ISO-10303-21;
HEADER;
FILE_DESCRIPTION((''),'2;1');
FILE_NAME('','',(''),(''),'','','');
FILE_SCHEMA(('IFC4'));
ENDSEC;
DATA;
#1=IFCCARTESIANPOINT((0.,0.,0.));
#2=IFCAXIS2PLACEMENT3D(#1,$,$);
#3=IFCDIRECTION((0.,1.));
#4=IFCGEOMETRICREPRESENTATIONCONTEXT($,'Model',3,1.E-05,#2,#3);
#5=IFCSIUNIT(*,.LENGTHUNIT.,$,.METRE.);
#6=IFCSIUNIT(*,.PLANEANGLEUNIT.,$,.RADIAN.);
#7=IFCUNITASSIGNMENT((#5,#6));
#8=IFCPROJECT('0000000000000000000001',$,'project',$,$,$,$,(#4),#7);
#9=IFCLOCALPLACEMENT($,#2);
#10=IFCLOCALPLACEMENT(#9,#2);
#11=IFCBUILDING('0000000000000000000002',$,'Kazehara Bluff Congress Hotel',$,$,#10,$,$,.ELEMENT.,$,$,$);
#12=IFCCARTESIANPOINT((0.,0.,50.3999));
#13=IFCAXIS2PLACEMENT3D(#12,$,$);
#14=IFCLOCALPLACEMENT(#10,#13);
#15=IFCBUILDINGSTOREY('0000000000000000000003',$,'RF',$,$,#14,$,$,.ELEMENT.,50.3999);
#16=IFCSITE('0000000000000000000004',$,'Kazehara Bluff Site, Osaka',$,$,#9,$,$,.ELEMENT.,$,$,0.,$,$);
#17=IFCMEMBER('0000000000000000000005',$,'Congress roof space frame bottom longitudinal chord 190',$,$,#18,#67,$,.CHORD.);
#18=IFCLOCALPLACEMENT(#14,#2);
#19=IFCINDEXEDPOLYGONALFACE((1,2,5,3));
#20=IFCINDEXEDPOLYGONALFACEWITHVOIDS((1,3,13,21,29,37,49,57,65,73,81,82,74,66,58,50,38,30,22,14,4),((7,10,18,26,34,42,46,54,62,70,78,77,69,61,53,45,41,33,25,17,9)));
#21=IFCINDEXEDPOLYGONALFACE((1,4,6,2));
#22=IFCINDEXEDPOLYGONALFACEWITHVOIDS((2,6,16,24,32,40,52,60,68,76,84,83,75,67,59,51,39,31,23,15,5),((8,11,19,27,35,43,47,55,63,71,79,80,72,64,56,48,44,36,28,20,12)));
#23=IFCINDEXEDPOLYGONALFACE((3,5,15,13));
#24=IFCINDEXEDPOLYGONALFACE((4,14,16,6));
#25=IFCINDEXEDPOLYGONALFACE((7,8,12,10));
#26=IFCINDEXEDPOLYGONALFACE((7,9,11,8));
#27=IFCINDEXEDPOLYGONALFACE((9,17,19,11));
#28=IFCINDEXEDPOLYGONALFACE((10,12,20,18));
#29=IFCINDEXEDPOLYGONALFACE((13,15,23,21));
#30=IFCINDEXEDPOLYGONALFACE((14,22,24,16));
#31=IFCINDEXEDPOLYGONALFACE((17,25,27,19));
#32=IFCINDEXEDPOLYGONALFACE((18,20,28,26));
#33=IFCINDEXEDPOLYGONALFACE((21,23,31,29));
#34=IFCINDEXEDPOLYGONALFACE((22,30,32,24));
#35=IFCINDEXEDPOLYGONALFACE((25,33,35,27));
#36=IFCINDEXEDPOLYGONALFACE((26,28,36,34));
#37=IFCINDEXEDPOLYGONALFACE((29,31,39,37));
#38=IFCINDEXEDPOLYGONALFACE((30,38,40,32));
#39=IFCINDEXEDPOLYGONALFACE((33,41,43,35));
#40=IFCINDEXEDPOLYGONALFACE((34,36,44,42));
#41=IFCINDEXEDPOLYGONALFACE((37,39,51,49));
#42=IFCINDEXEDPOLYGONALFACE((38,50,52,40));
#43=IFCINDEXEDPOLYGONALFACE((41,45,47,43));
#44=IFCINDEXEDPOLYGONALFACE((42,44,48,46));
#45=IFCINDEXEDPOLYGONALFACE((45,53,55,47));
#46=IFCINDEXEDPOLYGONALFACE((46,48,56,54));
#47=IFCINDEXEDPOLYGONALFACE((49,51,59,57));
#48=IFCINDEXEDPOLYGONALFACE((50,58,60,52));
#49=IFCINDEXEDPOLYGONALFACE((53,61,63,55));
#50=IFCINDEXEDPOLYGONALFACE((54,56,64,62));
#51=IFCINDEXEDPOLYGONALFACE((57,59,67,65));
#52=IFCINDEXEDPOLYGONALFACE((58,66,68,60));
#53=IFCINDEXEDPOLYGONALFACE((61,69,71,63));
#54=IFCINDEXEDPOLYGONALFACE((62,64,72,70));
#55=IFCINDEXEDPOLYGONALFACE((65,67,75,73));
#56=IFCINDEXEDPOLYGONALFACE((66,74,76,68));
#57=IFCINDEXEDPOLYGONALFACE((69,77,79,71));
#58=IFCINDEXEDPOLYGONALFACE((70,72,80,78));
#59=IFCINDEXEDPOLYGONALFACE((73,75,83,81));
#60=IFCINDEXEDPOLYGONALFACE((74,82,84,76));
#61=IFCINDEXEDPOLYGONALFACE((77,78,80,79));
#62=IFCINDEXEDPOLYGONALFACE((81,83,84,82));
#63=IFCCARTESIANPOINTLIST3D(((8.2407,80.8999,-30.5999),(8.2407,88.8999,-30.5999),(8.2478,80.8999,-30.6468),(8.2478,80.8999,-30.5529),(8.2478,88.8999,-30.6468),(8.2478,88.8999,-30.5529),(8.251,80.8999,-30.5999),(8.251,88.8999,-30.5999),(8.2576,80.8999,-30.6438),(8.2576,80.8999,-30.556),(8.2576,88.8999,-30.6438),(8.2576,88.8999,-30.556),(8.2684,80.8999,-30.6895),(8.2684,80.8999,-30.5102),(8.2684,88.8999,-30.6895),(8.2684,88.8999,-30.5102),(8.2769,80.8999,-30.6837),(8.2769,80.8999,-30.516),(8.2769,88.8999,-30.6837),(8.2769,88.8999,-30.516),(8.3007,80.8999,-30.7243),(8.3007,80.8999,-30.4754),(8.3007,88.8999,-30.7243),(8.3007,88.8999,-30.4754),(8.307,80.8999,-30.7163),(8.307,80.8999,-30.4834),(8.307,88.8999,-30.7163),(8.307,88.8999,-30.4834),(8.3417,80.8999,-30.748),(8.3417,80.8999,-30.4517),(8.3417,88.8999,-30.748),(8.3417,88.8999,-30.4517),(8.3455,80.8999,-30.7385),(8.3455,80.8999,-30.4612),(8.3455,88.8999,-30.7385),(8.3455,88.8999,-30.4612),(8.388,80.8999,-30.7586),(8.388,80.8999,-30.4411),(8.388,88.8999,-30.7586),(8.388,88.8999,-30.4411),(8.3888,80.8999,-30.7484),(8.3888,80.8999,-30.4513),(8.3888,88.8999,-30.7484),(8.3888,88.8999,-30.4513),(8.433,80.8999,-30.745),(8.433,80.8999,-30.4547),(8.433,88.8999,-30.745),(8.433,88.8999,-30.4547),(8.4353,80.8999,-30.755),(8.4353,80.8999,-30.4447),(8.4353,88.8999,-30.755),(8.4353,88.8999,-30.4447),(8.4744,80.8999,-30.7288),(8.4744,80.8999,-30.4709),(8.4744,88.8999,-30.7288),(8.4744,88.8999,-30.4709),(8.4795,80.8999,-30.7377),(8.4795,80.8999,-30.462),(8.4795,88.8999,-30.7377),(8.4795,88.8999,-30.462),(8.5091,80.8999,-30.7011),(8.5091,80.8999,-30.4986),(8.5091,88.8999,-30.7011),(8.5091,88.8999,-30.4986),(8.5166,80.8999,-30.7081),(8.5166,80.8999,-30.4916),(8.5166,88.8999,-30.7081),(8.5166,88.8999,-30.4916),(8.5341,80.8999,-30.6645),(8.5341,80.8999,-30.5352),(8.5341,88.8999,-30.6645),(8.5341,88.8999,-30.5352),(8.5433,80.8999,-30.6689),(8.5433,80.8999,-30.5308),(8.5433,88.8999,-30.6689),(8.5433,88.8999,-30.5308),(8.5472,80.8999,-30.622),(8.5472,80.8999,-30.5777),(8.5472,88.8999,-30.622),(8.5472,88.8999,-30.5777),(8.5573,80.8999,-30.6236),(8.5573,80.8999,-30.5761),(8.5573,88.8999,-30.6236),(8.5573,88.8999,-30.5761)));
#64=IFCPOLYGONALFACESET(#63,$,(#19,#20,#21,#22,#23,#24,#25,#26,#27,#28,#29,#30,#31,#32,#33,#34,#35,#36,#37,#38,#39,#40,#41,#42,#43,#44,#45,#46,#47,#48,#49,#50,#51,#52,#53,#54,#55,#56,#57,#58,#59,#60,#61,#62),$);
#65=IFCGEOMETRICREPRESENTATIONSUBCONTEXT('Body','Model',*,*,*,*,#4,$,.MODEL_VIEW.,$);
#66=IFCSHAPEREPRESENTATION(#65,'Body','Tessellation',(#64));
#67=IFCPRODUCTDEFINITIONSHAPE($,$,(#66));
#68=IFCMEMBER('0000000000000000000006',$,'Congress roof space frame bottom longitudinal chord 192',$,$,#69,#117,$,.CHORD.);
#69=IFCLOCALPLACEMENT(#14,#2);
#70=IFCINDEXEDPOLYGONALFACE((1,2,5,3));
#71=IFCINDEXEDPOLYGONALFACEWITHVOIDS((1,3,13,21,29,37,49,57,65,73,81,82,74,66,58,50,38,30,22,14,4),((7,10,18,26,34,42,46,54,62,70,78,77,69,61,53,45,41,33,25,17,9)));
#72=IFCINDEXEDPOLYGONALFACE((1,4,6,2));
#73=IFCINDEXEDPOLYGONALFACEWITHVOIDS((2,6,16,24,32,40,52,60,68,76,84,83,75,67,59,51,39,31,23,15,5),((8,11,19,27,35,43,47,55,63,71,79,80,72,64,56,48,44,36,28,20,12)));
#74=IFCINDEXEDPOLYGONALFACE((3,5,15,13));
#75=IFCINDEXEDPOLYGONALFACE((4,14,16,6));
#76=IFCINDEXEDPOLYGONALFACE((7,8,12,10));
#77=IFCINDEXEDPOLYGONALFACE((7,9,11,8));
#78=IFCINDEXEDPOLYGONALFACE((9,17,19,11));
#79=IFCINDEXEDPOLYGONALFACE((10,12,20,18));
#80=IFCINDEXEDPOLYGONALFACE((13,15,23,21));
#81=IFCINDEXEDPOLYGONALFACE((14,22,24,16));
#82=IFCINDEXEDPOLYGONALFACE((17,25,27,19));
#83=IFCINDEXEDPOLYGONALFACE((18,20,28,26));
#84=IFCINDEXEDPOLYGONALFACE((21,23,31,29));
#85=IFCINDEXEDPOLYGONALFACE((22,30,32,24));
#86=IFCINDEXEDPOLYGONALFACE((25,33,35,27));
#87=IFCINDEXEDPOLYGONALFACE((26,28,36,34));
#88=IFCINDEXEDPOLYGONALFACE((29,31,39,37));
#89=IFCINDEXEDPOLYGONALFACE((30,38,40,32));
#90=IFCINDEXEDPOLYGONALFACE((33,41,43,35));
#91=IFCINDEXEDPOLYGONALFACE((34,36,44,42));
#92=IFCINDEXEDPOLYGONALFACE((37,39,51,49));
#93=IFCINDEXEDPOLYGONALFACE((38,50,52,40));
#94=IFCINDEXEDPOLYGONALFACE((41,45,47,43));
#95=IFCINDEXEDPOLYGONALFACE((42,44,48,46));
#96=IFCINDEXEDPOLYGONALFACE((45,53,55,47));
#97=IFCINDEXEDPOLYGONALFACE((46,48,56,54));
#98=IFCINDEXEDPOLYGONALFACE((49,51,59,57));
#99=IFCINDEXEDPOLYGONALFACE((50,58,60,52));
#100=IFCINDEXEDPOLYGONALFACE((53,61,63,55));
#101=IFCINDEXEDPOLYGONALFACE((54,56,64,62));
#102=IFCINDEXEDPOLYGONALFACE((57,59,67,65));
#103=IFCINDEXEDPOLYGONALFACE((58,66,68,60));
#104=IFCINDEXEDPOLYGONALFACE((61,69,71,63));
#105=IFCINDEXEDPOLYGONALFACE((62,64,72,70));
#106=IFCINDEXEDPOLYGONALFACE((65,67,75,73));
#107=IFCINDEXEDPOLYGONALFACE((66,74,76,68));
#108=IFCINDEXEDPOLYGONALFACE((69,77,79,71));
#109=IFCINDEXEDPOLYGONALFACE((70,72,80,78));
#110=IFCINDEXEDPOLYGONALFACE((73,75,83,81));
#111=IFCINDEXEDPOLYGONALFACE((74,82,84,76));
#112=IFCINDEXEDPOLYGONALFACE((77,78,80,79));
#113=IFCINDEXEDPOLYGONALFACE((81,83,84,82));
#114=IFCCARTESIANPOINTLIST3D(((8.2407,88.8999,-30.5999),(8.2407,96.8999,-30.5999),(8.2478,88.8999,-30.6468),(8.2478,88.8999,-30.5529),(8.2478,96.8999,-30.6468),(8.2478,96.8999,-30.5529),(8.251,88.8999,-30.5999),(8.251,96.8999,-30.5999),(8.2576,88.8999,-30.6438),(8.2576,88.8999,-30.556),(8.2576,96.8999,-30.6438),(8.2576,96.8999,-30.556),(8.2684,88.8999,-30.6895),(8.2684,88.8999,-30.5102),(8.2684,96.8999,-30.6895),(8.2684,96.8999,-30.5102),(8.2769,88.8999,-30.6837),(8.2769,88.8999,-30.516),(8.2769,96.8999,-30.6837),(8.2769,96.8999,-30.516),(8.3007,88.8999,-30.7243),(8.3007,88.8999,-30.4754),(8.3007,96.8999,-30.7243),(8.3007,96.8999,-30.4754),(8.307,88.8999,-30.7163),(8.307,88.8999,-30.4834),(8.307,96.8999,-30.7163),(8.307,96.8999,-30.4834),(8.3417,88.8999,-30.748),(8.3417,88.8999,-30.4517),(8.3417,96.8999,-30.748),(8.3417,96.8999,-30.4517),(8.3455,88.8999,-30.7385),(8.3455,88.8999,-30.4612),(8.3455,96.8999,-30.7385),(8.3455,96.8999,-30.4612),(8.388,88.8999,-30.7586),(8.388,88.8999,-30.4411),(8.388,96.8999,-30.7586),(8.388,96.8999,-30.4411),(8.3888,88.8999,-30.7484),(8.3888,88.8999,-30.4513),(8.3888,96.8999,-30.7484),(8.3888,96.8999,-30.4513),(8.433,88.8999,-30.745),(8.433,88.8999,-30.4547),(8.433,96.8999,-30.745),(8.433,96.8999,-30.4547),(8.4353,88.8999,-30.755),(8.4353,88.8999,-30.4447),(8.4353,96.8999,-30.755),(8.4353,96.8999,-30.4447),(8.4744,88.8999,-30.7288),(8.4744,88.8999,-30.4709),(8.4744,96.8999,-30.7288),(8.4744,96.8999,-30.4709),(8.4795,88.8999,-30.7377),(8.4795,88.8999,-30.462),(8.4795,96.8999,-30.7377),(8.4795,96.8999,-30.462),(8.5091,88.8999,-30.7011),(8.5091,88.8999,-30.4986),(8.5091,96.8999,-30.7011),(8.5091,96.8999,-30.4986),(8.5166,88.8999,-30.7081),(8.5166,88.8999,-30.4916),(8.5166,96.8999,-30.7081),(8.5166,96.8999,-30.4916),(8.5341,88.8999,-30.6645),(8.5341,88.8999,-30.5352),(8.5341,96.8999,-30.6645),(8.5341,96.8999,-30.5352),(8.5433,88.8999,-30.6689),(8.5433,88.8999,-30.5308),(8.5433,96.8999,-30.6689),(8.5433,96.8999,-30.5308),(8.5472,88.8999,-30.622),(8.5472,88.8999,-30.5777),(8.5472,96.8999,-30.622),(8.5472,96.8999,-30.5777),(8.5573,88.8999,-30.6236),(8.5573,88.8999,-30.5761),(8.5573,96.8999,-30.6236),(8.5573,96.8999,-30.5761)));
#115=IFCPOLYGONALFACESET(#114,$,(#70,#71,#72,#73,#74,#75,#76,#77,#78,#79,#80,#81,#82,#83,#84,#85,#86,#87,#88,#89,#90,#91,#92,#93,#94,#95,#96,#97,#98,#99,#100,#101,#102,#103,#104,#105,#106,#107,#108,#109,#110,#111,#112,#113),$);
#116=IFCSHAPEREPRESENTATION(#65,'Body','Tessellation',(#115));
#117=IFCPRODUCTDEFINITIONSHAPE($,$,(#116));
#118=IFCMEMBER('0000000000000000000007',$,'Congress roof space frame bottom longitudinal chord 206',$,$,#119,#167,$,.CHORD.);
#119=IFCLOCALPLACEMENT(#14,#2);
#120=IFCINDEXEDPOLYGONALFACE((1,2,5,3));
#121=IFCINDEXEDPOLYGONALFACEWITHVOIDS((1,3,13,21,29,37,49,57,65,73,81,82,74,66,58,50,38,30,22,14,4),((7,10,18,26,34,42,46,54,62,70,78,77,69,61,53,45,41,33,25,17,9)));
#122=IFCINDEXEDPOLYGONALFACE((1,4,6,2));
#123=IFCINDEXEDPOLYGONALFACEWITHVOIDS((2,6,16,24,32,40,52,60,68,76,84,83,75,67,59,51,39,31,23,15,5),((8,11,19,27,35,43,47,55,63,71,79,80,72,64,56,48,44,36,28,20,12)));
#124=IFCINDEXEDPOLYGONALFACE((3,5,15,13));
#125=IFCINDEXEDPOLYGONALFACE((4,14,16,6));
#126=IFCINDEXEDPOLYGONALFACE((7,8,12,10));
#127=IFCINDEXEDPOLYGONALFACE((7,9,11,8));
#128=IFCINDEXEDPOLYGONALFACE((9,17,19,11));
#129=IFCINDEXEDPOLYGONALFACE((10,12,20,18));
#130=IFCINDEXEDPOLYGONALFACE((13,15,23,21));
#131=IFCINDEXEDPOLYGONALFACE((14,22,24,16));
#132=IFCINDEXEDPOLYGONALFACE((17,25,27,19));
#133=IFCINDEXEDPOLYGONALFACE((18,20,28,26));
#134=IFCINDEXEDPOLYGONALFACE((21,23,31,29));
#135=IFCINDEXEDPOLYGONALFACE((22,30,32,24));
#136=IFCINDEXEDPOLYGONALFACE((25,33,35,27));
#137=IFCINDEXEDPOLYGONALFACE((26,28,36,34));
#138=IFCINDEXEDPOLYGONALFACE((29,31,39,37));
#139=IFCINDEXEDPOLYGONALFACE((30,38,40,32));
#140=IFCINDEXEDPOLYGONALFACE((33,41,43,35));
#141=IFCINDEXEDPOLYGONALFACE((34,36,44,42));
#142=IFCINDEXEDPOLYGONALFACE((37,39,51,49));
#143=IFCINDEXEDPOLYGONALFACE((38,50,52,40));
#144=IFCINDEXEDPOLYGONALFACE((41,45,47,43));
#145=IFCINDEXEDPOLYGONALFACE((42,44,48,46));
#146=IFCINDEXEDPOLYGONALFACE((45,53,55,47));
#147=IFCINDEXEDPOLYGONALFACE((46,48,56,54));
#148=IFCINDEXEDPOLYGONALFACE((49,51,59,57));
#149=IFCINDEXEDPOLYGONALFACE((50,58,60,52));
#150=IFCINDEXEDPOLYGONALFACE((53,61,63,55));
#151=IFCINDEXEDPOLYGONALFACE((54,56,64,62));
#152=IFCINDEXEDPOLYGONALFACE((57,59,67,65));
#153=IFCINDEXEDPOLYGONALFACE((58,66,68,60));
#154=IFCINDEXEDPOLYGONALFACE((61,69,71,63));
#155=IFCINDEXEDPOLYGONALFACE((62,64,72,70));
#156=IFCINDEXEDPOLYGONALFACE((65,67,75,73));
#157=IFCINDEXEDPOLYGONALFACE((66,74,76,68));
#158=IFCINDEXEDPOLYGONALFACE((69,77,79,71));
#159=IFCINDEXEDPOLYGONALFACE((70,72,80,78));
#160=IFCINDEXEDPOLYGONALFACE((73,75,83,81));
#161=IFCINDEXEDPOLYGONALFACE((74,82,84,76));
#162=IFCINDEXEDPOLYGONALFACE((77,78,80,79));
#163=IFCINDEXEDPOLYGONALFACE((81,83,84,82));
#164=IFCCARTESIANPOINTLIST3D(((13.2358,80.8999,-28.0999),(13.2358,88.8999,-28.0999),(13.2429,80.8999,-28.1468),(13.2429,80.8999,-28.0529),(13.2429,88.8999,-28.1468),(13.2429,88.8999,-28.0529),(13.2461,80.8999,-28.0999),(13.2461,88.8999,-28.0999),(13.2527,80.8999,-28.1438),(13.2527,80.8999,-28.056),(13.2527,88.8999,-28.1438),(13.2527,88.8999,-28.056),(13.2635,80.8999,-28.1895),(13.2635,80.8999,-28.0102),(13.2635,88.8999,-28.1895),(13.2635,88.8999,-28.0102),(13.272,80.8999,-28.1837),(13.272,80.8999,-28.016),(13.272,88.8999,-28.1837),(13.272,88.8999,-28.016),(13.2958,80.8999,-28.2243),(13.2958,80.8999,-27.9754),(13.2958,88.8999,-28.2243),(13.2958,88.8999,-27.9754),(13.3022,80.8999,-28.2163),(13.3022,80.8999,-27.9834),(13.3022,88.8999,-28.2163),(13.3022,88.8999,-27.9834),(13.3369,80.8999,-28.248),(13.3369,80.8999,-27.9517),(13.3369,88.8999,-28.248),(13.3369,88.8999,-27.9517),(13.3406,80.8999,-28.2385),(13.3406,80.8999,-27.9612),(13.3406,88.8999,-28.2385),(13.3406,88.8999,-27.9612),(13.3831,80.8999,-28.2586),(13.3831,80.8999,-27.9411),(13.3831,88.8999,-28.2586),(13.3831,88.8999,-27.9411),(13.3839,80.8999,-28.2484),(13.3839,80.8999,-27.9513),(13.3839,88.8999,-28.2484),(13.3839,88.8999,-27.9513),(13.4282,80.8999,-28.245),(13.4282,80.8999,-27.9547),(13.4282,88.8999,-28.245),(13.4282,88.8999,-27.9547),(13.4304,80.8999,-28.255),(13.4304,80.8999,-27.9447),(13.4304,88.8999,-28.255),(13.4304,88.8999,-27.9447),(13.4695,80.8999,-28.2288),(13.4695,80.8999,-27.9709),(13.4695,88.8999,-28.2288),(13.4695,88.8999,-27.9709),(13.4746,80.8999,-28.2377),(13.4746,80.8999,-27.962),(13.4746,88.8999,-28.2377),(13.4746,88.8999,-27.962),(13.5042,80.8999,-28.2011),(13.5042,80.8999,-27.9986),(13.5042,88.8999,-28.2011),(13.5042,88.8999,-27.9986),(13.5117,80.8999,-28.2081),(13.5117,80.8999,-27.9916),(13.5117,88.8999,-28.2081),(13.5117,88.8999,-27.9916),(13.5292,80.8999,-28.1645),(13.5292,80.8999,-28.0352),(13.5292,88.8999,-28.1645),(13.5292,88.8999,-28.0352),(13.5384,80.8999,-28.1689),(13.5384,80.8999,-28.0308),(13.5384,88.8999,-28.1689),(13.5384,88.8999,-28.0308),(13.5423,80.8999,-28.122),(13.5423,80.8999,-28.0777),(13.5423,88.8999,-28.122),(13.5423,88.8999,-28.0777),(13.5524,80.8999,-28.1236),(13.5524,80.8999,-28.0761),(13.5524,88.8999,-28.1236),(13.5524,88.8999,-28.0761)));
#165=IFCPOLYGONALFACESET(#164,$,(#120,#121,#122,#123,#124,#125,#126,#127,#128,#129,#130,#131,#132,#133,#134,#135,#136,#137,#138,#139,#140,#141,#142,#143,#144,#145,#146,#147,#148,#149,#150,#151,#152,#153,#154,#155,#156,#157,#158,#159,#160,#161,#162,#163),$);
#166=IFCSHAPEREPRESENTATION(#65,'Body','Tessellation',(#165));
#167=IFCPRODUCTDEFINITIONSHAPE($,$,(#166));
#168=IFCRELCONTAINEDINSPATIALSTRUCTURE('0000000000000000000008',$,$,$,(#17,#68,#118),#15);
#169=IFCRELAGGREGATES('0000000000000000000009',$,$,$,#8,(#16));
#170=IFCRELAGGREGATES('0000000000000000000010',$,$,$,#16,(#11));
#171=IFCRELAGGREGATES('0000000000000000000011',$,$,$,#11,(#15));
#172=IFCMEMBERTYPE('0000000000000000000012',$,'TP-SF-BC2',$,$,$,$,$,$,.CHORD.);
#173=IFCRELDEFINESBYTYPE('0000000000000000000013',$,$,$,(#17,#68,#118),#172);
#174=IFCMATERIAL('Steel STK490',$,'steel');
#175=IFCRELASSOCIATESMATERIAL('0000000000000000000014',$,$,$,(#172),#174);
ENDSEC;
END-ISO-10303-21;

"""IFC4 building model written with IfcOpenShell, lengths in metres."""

from ifc_helpers import new_model, si_unit, direction, frame, origin, origin_2d, place, context, subcontext, project, spatial, hollow_circle, extrude, material, material_profile, profile_set, type_object, element, save


model = new_model("IFC4")

# Units and contexts
model_context = context("Model", 3, precision=1e-05, world=origin(), true_north=direction((0.0, 1.0)))
body_context = subcontext(model_context, "Body", "Model", "MODEL_VIEW")
ifc_project = project(units=[si_unit("LENGTHUNIT", "METRE"), si_unit("PLANEANGLEUNIT", "RADIAN")], contexts=[model_context])

# Site, building, storey
site_placement = place(None, origin())
site = spatial("IfcSite", under=ifc_project, at=site_placement, Name="Kazehara Bluff Site, Osaka", CompositionType="ELEMENT", RefElevation=0.0)
building_placement = place(site_placement, origin())
building = spatial("IfcBuilding", under=site, at=building_placement, Name="Kazehara Bluff Congress Hotel", CompositionType="ELEMENT")
storey_placement = place(building_placement, frame((0.0, 0.0, 50.3999)))
storey = spatial("IfcBuildingStorey", under=building, at=storey_placement, Name="RF", CompositionType="ELEMENT", Elevation=50.3999)

# Members
ifc_material_1 = material(Name="Steel STK490", Category="steel")
ifc_material_profile_1 = material_profile(ifc_material_1, hollow_circle(Radius=0.1592, WallThickness=0.0103, at=origin_2d()))
ifc_profile_set_1 = profile_set([ifc_material_profile_1], Name="Steel STK490")
member_type_1 = type_object("IfcMemberType", Name="TP-SF-BC2", PredefinedType="CHORD", material=ifc_profile_set_1)
for number, where, z_axis, x_axis, name in (
    (1, (8.3999, 80.8999, -30.5999), (0.0, 1.0, 0.0), (-1.0, 0.0, 0.0), "Congress roof space frame bottom longitudinal chord 190"),
    (2, (8.3999, 88.8999, -30.5999), (0.0, 1.0, 0.0), (-1.0, 0.0, 0.0), "Congress roof space frame bottom longitudinal chord 192"),
    (3, (13.395, 80.8999, -28.0999), (0.0, 1.0, 0.0), (-1.0, 0.0, 0.0), "Congress roof space frame bottom longitudinal chord 206"),
):
    element("IfcMember", number, at=place(storey_placement, frame(where, z_axis=z_axis, x_axis=x_axis)), inside=storey, type_object=member_type_1, Name=name, PredefinedType="CHORD", context=body_context, shape_type="SweptSolid", body=[
        extrude(hollow_circle(Radius=0.1592, WallThickness=0.0103, at=origin_2d()), origin(), (0.0, 0.0, 1.0), 8.0),
    ])

save(model, "model.ifc")
